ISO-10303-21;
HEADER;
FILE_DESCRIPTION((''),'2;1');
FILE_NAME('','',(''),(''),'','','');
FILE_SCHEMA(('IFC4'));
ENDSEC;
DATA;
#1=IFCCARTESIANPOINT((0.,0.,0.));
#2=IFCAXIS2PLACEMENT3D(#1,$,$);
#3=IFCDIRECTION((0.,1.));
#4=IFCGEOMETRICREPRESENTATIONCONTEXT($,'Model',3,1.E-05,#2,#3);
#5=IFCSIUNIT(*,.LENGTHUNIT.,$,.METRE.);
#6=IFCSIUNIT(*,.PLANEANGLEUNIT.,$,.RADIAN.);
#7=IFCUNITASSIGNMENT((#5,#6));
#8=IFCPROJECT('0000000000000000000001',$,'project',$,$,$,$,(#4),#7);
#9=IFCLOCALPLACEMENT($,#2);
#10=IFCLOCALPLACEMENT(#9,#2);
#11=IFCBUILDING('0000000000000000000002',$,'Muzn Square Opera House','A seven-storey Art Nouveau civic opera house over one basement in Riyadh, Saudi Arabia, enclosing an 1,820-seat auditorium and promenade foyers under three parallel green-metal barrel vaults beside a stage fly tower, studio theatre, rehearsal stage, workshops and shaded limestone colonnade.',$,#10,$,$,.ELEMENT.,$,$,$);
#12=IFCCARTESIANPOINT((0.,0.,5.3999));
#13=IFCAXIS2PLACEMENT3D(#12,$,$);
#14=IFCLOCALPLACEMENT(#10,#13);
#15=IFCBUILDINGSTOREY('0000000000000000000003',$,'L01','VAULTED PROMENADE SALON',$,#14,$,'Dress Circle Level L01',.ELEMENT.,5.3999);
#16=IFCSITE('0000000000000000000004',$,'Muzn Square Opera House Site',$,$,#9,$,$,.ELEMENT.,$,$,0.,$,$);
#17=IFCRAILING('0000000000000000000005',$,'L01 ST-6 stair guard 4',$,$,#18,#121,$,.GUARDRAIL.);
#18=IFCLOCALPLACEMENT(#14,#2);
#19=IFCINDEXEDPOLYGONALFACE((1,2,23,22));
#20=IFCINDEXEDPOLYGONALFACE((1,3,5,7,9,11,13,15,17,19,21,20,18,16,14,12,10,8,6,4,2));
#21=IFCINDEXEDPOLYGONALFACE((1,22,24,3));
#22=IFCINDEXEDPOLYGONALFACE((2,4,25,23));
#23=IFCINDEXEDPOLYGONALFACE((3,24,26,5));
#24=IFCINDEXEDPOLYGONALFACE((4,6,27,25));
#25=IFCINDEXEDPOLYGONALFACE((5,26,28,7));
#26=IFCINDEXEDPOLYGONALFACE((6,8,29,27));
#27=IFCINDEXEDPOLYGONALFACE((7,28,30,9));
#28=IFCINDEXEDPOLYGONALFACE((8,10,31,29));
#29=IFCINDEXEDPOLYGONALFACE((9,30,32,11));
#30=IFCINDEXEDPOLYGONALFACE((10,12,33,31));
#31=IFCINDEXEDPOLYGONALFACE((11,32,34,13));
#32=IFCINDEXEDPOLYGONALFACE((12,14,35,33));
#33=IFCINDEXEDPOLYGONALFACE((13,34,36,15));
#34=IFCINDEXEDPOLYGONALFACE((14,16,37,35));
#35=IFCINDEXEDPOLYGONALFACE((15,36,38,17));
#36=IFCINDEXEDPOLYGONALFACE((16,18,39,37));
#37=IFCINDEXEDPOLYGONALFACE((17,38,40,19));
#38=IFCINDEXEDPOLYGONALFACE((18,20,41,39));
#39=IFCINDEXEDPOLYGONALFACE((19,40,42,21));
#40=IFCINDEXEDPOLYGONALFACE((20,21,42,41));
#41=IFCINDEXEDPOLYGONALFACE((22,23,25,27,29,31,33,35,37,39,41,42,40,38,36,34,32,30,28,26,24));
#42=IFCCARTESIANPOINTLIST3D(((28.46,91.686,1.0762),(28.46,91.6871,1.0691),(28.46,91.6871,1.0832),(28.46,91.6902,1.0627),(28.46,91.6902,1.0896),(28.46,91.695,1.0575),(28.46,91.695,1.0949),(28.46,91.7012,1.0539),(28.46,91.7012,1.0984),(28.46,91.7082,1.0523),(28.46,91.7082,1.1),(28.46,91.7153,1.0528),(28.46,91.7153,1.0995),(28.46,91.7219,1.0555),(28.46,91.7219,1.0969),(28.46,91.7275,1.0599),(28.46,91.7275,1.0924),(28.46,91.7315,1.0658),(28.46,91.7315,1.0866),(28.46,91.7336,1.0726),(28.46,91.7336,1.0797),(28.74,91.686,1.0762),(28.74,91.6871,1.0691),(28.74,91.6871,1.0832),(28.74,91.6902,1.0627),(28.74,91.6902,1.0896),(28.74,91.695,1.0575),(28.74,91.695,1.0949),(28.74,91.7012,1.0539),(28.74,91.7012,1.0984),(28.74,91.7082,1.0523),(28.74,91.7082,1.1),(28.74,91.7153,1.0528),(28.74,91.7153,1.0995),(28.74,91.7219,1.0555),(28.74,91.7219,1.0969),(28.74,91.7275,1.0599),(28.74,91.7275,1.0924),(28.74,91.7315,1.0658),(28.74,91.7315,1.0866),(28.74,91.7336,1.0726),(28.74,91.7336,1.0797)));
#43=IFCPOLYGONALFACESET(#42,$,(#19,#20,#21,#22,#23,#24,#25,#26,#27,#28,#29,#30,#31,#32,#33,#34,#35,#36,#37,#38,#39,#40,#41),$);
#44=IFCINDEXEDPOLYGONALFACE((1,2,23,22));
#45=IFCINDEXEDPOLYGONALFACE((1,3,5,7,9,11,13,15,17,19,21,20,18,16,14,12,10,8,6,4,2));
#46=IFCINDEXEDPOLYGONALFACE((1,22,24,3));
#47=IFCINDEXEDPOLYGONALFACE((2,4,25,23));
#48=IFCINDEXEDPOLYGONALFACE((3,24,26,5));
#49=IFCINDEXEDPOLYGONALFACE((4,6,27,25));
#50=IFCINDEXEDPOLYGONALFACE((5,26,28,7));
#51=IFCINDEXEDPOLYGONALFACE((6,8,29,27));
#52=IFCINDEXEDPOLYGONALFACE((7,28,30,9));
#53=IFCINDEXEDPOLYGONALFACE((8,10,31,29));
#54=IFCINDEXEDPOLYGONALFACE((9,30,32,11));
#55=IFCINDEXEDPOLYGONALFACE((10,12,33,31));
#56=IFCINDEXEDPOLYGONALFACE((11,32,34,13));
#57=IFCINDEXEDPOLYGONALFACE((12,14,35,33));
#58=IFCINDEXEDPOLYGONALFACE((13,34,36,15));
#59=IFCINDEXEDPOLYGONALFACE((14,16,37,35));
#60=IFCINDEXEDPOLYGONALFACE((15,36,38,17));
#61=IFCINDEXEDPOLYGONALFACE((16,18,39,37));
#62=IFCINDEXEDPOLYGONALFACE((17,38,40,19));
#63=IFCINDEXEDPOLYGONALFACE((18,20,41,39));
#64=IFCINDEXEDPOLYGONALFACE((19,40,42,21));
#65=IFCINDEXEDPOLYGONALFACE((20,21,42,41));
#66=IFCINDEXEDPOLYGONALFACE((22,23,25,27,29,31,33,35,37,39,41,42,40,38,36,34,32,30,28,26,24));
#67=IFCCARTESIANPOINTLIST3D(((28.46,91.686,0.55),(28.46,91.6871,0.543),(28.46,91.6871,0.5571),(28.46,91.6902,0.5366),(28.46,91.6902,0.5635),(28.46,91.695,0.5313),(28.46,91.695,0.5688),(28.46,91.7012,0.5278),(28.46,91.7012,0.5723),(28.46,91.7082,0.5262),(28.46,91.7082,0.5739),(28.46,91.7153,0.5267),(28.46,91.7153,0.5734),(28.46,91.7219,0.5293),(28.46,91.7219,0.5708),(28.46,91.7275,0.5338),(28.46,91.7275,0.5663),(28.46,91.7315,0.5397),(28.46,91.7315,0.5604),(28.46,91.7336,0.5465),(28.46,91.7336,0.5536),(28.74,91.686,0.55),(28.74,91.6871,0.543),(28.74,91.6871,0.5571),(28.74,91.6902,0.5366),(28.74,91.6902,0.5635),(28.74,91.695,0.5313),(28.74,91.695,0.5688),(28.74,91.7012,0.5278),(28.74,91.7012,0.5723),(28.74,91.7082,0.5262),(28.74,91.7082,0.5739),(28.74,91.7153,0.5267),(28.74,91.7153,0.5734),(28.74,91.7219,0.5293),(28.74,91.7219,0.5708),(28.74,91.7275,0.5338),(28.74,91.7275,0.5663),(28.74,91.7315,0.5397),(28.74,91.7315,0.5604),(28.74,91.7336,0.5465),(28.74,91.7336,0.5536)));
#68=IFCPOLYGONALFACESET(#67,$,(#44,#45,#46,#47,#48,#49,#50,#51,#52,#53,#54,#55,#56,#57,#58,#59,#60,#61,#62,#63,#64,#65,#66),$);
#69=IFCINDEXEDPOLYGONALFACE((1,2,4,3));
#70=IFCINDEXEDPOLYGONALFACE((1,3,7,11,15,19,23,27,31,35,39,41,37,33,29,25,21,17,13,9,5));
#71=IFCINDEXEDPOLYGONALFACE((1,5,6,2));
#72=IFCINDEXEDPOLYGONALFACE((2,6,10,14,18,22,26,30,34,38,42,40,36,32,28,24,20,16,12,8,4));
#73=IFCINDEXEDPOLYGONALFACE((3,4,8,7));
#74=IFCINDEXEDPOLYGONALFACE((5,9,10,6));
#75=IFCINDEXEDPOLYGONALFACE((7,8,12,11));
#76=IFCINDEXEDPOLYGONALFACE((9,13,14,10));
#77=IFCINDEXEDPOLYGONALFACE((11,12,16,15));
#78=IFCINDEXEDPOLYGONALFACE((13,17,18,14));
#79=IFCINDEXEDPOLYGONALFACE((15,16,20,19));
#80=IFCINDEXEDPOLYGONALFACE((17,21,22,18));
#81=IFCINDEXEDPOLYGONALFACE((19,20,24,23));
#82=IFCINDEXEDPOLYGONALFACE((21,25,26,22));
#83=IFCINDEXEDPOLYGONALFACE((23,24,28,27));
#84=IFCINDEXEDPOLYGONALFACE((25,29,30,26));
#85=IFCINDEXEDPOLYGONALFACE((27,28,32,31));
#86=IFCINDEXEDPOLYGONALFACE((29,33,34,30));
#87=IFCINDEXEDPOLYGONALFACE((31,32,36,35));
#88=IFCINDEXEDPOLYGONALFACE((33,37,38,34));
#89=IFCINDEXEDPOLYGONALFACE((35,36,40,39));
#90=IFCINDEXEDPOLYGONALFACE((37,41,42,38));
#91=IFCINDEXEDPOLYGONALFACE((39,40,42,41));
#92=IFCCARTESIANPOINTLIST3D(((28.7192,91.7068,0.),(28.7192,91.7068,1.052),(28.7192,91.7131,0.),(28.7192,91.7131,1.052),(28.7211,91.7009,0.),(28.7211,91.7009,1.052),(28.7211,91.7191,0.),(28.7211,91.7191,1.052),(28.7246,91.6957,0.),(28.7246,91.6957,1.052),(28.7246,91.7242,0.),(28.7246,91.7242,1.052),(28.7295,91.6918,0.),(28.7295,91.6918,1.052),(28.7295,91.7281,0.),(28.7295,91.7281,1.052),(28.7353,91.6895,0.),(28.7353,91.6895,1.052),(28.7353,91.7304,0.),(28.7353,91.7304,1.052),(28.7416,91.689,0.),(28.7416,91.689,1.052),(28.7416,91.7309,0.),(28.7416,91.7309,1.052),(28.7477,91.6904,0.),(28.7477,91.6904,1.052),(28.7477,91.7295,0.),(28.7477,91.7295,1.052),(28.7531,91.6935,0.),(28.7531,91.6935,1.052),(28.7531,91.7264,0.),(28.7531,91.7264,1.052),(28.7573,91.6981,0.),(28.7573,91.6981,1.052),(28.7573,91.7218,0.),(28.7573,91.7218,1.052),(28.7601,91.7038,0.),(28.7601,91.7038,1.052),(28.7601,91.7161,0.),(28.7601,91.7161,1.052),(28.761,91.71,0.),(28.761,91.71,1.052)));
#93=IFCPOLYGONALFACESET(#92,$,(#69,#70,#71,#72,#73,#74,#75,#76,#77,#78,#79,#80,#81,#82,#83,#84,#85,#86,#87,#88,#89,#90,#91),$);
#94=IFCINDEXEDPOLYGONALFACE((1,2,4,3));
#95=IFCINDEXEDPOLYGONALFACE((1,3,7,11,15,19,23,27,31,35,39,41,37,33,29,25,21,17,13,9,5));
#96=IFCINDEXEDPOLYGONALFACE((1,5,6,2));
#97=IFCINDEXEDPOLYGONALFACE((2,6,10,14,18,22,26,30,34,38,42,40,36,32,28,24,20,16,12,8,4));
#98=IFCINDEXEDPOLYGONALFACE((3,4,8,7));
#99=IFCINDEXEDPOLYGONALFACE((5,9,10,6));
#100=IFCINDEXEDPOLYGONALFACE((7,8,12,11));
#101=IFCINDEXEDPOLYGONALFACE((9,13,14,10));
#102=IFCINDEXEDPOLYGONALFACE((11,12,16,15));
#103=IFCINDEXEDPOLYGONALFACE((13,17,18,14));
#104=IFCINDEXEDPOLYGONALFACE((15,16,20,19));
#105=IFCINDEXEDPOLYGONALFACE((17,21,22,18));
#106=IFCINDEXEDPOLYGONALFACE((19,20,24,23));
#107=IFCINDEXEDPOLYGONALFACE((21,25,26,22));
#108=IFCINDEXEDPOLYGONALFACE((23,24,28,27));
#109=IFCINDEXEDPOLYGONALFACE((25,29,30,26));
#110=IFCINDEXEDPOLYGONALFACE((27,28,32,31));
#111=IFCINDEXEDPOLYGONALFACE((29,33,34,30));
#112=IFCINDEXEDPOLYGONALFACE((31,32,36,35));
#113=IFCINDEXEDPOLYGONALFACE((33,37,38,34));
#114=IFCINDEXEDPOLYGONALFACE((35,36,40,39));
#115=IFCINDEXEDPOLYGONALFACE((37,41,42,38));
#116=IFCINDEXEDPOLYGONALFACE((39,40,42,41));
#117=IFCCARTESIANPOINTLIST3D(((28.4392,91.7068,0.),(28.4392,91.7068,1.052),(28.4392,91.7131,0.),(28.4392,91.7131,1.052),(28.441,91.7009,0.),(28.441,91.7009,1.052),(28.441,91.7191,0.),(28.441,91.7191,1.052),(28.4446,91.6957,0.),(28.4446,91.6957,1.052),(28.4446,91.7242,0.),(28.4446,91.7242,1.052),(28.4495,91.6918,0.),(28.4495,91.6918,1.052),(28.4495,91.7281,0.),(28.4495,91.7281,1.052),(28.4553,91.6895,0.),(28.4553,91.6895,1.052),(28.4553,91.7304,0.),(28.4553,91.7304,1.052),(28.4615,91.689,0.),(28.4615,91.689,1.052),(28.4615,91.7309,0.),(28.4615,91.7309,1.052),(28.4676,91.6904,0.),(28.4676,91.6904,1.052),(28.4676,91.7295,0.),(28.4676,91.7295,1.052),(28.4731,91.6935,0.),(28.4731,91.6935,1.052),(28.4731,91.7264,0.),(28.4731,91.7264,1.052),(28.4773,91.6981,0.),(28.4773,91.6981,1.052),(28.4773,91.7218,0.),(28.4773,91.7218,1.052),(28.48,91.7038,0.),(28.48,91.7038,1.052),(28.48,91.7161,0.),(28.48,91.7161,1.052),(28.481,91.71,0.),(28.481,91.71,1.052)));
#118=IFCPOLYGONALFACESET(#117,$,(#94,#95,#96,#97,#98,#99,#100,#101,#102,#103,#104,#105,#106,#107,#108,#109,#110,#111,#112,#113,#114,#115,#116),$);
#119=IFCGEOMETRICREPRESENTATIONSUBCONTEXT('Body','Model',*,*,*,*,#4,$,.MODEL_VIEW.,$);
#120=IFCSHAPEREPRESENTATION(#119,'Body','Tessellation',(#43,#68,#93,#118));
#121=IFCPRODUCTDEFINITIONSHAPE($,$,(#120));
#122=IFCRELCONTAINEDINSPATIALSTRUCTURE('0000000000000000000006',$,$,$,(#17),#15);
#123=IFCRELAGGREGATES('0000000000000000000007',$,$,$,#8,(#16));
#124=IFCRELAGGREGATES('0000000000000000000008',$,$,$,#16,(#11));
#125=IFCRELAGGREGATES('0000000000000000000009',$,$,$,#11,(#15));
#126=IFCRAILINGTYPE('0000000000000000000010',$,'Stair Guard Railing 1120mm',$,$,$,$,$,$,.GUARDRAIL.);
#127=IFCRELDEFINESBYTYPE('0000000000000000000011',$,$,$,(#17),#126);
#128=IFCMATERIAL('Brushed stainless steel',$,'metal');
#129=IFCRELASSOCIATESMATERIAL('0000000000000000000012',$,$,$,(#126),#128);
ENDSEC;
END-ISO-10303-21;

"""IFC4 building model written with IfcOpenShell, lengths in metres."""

from ifc_helpers import new_model, si_unit, direction, frame, origin, origin_2d, place, context, subcontext, project, spatial, circle, extrude, material, type_object, element, save


model = new_model("IFC4")

# Units and contexts
model_context = context("Model", 3, precision=1e-05, world=origin(), true_north=direction((0.0, 1.0)))
body_context = subcontext(model_context, "Body", "Model", "MODEL_VIEW")
ifc_project = project(units=[si_unit("LENGTHUNIT", "METRE"), si_unit("PLANEANGLEUNIT", "RADIAN")], contexts=[model_context])

# Site, building, storey
site_placement = place(None, origin())
site = spatial("IfcSite", under=ifc_project, at=site_placement, Name="Muzn Square Opera House Site", CompositionType="ELEMENT", RefElevation=0.0)
building_placement = place(site_placement, origin())
building = spatial("IfcBuilding", under=site, at=building_placement, Name="Muzn Square Opera House", Description="A seven-storey Art Nouveau civic opera house over one basement in Riyadh, Saudi Arabia, enclosing an 1,820-seat auditorium and promenade foyers under three parallel green-metal barrel vaults beside a stage fly tower, studio theatre, rehearsal stage, workshops and shaded limestone colonnade.", CompositionType="ELEMENT")
storey_placement = place(building_placement, frame((0.0, 0.0, 5.3999)))
storey = spatial("IfcBuildingStorey", under=building, at=storey_placement, Name="L01", Description="VAULTED PROMENADE SALON", LongName="Dress Circle Level L01", CompositionType="ELEMENT", Elevation=5.3999)

# Railing
ifc_material_1 = material(Name="Brushed stainless steel", Category="metal")
railing_type_1 = type_object("IfcRailingType", Name="Stair Guard Railing 1120mm", PredefinedType="GUARDRAIL", material=ifc_material_1)
railing_1_placement = place(storey_placement, frame((28.74, 91.71, 0.0)))
element("IfcRailing", 1, at=railing_1_placement, inside=storey, type_object=railing_type_1, Name="L01 ST-6 stair guard 4", PredefinedType="GUARDRAIL", context=body_context, shape_type="SweptSolid", body=[
    extrude(circle(Radius=0.0239, at=origin_2d()), frame((0.0, 0.0, 1.0762), z_axis=(-1.0, 0.0, 0.0), x_axis=(0.0, -1.0, 0.0)), (0.0, 0.0, 1.0), 0.28),
    extrude(circle(Radius=0.0239, at=origin_2d()), frame((0.0, 0.0, 0.55), z_axis=(-1.0, 0.0, 0.0), x_axis=(0.0, -1.0, 0.0)), (0.0, 0.0, 1.0), 0.28),
    extrude(circle(Radius=0.021, at=origin_2d()), origin(), (0.0, 0.0, 1.0), 1.052),
    extrude(circle(Radius=0.021, at=origin_2d()), frame((-0.28, 0.0, 0.0)), (0.0, 0.0, 1.0), 1.052),
])

save(model, "model.ifc")
